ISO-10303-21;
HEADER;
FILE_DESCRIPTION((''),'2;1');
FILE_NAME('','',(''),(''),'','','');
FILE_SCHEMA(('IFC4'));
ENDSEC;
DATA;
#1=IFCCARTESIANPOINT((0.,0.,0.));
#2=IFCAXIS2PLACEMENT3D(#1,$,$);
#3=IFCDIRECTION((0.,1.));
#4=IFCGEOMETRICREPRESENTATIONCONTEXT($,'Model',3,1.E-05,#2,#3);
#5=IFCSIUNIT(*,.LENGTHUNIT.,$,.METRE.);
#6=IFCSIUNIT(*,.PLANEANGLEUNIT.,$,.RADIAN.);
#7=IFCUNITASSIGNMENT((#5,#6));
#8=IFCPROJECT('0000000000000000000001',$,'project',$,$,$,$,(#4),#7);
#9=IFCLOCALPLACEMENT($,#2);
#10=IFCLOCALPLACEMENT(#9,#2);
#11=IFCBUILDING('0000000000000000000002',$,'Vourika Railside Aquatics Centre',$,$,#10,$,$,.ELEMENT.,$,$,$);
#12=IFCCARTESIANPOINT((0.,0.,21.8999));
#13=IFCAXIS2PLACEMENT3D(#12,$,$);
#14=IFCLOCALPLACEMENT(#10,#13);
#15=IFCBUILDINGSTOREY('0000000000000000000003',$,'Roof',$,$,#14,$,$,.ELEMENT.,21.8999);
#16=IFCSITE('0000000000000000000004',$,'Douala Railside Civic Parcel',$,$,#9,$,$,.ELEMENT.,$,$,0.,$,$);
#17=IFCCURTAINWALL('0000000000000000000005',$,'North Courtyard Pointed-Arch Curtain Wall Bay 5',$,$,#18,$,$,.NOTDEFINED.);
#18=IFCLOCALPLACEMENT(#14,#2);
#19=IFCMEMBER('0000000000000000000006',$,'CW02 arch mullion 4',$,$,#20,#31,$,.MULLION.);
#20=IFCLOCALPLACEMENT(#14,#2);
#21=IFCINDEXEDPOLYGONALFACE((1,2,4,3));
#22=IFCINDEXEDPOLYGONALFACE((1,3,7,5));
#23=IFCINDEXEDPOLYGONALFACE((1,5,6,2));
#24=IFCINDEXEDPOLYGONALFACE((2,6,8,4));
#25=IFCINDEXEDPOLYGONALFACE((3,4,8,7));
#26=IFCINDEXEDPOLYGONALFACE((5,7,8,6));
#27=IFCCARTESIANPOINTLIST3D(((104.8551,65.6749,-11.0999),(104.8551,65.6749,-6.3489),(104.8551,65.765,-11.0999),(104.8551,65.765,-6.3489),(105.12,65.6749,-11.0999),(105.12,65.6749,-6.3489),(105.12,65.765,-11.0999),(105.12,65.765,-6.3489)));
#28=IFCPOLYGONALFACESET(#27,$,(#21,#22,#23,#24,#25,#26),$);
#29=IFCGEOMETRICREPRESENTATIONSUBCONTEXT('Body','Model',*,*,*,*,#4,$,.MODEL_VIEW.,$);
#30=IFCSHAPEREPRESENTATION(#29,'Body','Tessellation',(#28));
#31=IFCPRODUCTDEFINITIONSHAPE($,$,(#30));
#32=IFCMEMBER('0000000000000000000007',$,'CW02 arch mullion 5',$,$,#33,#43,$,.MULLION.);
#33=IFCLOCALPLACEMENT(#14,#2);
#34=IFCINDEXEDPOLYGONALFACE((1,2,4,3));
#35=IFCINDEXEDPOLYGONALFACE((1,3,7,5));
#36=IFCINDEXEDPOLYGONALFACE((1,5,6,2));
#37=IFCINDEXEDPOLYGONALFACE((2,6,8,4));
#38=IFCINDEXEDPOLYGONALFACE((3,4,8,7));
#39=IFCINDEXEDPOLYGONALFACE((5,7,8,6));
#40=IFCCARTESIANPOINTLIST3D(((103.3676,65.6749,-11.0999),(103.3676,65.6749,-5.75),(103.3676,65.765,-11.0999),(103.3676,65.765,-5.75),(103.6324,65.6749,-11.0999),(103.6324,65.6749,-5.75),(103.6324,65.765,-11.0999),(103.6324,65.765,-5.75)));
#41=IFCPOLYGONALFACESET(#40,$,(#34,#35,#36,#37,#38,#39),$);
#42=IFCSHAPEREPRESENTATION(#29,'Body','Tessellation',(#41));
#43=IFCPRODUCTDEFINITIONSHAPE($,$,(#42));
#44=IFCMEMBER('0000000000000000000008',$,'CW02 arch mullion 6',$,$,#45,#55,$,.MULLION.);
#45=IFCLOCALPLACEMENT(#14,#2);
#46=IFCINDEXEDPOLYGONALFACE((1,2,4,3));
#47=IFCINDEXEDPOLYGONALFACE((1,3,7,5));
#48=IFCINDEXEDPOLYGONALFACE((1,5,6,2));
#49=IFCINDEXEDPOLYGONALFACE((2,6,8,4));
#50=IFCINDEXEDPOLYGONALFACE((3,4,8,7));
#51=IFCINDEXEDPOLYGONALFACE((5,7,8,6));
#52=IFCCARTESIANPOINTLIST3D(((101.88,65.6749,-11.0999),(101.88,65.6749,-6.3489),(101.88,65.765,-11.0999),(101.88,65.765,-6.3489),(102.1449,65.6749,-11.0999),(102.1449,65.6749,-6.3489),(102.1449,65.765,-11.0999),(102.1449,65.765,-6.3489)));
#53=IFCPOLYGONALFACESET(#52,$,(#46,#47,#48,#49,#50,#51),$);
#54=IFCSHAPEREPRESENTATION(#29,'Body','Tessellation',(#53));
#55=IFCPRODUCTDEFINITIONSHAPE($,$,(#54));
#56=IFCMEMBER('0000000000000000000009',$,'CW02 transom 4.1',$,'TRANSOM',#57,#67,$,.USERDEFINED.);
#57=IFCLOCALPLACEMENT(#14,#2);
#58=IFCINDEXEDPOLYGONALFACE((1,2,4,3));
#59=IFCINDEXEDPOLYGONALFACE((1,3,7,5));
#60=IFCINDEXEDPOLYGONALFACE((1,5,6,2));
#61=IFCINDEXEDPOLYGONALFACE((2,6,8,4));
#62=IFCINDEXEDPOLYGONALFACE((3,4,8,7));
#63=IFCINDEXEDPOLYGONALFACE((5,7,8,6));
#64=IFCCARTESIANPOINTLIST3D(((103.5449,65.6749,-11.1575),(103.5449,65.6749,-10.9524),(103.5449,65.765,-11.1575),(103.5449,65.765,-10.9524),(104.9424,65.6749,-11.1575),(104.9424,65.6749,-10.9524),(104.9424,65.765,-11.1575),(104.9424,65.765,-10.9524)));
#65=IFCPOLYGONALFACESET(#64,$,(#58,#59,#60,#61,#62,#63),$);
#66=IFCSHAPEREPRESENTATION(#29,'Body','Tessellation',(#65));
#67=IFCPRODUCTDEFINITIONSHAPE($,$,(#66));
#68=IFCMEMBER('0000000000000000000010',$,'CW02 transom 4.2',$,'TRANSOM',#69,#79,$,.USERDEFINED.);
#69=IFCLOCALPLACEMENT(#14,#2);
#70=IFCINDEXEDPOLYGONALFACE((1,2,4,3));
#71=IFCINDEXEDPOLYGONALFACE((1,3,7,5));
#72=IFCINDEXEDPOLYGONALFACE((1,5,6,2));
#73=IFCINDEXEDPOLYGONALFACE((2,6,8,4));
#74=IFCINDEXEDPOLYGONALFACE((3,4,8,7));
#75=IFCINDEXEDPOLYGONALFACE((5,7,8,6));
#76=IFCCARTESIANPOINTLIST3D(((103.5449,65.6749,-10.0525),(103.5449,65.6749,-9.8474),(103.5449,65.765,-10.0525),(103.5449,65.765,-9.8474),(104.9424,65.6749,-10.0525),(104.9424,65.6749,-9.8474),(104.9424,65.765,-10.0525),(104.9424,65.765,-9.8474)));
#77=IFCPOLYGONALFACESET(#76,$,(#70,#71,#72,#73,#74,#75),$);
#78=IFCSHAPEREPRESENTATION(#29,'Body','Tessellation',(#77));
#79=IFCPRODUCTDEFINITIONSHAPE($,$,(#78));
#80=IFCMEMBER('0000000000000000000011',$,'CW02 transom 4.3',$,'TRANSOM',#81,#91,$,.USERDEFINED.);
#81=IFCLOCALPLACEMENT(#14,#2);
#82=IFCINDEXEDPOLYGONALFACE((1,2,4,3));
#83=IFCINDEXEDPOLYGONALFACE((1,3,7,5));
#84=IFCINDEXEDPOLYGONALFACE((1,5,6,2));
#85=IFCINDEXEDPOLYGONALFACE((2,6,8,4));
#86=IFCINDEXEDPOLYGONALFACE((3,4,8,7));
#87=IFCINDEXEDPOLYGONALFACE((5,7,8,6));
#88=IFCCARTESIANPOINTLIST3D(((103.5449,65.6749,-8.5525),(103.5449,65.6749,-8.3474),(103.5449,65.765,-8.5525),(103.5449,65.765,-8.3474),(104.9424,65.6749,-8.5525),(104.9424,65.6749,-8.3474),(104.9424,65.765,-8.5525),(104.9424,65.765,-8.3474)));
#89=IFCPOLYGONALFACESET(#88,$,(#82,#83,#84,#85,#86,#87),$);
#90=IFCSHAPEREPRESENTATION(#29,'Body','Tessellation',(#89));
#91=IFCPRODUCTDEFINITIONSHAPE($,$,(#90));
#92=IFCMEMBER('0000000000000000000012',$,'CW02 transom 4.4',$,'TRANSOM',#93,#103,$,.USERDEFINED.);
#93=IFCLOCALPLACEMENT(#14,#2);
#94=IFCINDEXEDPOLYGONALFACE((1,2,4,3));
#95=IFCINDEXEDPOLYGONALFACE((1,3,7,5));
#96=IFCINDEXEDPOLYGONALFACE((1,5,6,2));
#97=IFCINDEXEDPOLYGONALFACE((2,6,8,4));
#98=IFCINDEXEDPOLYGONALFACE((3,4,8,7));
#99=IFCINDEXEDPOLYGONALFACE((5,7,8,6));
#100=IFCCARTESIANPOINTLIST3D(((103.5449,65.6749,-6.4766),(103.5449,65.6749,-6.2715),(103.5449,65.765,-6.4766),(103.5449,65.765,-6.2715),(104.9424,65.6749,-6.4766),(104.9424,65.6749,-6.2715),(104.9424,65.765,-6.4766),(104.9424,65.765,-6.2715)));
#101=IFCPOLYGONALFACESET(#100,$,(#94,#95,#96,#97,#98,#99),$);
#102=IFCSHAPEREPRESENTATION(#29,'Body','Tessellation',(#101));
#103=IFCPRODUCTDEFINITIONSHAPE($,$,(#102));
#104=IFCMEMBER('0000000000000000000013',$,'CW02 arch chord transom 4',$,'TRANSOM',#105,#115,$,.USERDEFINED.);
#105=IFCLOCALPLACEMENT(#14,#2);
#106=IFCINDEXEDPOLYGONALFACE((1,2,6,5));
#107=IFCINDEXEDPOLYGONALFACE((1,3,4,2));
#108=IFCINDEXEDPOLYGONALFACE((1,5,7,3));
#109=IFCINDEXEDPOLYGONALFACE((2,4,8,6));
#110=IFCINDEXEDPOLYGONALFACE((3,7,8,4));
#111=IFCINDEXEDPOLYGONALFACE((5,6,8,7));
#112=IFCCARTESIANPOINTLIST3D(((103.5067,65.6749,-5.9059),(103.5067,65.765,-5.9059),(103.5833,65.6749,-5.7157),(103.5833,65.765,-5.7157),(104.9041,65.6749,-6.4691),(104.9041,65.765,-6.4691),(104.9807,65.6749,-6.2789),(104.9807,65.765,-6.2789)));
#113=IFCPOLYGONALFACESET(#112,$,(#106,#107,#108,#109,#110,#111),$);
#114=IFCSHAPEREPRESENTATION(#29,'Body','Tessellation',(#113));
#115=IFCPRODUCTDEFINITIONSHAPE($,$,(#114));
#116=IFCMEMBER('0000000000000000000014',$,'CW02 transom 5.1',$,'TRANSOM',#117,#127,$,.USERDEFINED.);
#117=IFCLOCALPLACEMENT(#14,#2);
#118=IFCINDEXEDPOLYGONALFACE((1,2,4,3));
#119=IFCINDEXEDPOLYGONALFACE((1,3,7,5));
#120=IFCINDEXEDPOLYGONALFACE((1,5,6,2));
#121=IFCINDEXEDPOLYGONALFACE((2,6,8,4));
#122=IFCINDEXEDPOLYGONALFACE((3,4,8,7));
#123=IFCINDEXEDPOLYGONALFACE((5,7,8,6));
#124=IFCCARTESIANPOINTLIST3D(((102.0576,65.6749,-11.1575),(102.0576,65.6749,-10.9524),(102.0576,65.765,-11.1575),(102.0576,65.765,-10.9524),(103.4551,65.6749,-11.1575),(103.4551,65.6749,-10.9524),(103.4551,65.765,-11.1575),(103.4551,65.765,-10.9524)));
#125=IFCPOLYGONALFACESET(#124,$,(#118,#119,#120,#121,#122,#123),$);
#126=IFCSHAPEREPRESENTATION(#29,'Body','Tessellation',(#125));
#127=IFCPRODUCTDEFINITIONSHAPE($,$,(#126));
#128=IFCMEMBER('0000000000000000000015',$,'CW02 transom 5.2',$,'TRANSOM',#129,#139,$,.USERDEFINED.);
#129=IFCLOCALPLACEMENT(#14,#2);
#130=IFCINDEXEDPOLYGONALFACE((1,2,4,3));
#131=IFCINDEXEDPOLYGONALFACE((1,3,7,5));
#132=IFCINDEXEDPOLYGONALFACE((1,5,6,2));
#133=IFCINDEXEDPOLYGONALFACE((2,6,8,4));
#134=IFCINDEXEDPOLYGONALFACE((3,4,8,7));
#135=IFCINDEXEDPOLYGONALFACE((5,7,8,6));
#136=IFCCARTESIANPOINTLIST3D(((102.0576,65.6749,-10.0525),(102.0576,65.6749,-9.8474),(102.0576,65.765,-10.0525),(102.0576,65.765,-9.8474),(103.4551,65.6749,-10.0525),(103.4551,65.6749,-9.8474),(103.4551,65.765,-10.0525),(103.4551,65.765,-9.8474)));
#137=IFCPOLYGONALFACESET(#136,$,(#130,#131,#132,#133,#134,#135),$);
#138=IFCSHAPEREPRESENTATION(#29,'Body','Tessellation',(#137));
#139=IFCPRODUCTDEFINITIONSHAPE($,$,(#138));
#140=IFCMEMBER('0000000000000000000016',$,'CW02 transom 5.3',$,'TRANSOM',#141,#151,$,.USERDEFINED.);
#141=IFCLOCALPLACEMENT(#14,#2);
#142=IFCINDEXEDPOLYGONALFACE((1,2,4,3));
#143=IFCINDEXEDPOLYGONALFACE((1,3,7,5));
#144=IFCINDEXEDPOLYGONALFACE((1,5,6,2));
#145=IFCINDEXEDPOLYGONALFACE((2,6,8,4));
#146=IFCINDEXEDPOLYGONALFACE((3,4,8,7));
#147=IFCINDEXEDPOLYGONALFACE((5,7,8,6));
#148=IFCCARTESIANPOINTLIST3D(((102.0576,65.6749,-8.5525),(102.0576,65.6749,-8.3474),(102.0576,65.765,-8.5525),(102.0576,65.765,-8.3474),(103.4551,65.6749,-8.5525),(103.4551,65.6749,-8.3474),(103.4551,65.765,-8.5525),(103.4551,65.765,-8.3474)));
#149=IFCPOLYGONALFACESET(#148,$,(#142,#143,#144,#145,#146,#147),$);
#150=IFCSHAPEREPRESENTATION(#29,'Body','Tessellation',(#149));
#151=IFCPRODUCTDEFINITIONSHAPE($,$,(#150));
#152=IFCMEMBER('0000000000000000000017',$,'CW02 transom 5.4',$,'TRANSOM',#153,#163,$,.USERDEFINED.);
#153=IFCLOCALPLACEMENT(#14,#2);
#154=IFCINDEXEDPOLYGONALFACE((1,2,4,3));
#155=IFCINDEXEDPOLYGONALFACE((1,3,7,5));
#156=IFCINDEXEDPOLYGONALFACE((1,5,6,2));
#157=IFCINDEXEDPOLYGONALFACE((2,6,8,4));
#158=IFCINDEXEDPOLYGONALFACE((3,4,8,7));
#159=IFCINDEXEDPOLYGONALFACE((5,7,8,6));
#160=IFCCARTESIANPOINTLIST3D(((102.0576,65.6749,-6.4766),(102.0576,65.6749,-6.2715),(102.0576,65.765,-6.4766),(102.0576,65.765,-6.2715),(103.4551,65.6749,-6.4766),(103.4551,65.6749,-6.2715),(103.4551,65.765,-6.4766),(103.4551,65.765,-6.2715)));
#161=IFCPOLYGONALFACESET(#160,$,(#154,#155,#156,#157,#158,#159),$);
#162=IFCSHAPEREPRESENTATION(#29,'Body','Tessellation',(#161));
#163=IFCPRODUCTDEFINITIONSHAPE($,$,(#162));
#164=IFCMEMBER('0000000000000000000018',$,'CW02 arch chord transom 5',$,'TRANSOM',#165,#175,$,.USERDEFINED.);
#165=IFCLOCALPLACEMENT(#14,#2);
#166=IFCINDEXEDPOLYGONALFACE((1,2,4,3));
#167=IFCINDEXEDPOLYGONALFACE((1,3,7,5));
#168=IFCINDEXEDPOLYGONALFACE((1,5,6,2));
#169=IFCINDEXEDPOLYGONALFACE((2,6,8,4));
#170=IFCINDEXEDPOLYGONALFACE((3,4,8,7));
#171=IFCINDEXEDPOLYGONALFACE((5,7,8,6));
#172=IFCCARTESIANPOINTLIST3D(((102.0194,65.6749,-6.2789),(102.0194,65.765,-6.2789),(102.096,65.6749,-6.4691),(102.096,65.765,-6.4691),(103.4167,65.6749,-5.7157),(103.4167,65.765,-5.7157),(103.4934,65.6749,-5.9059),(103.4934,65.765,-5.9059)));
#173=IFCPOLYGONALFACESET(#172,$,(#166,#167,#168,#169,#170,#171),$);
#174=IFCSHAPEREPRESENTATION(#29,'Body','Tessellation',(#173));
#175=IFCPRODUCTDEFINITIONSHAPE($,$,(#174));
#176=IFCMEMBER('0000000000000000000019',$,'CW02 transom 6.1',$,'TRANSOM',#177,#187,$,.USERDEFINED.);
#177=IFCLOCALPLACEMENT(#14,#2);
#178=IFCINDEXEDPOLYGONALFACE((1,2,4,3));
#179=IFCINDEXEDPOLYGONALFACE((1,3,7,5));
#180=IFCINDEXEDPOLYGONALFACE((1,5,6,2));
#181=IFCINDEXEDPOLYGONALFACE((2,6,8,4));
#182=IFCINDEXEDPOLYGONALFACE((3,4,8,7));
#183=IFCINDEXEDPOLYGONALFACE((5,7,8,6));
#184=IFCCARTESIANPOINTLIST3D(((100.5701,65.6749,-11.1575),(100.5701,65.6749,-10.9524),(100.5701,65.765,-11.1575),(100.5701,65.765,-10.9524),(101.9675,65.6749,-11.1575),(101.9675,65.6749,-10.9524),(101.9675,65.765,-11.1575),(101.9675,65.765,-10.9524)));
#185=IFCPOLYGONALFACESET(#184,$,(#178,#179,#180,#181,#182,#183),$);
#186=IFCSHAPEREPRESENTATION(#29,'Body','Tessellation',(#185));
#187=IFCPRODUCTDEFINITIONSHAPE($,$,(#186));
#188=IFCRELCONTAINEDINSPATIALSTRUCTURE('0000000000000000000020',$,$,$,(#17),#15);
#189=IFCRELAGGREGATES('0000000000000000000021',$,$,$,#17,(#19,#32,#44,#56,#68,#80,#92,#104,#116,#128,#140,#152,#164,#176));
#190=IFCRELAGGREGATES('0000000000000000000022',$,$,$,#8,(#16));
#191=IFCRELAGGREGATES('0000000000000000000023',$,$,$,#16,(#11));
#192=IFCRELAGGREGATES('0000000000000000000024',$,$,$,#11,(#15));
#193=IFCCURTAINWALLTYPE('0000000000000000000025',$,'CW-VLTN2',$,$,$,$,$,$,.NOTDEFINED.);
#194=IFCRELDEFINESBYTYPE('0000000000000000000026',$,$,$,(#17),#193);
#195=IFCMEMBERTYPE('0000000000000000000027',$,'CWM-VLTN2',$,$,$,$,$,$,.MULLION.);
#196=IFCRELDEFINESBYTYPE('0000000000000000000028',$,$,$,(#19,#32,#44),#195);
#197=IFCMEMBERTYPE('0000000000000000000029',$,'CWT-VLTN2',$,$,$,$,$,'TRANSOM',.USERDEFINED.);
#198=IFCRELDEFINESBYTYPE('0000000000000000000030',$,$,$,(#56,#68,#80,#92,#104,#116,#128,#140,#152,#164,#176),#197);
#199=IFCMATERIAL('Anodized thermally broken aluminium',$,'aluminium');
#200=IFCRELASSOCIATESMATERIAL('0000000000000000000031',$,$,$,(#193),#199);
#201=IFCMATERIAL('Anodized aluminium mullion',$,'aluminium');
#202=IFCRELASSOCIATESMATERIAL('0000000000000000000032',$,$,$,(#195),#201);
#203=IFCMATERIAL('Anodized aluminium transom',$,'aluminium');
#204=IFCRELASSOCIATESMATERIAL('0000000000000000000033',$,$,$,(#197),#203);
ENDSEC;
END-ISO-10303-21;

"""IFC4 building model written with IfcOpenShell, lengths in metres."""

from ifc_helpers import new_model, si_unit, direction, frame, origin, origin_2d, place, context, subcontext, project, spatial, rectangle, extrude, material, material_profile, profile_set, type_object, element, aggregate, save


model = new_model("IFC4")

# Units and contexts
model_context = context("Model", 3, precision=1e-05, world=origin(), true_north=direction((0.0, 1.0)))
body_context = subcontext(model_context, "Body", "Model", "MODEL_VIEW")
ifc_project = project(units=[si_unit("LENGTHUNIT", "METRE"), si_unit("PLANEANGLEUNIT", "RADIAN")], contexts=[model_context])

# Site, building, storey
site_placement = place(None, origin())
site = spatial("IfcSite", under=ifc_project, at=site_placement, Name="Douala Railside Civic Parcel", CompositionType="ELEMENT", RefElevation=0.0)
building_placement = place(site_placement, origin())
building = spatial("IfcBuilding", under=site, at=building_placement, Name="Vourika Railside Aquatics Centre", CompositionType="ELEMENT")
storey_placement = place(building_placement, frame((0.0, 0.0, 21.8999)))
storey = spatial("IfcBuildingStorey", under=building, at=storey_placement, Name="Roof", CompositionType="ELEMENT", Elevation=21.8999)

# Curtain wall, members
ifc_material_1 = material(Name="Anodized thermally broken aluminium", Category="aluminium")
curtain_wall_type = type_object("IfcCurtainWallType", Name="CW-VLTN2", PredefinedType="NOTDEFINED", material=ifc_material_1)
curtain_wall_placement = place(storey_placement, origin())
curtain_wall = element("IfcCurtainWall", 1, at=curtain_wall_placement, inside=storey, type_object=curtain_wall_type, Name="North Courtyard Pointed-Arch Curtain Wall Bay 5", PredefinedType="NOTDEFINED")
ifc_material_2 = material(Name="Anodized aluminium mullion", Category="aluminium")
ifc_material_profile_1 = material_profile(ifc_material_2, rectangle(XDim=0.0901, YDim=0.2649, at=origin_2d()), Name="ALU-M 90x265")
ifc_profile_set_1 = profile_set([ifc_material_profile_1], Name="Anodized aluminium mullion")
member_type_1 = type_object("IfcMemberType", Name="CWM-VLTN2", PredefinedType="MULLION", material=ifc_profile_set_1)
member_1_placement = place(storey_placement, frame((104.9875, 65.72, -11.0999), z_axis=(0.0, 0.0, 1.0), x_axis=(0.0, -1.0, 0.0)))
member_1 = element("IfcMember", 2, at=member_1_placement, type_object=member_type_1, Name="CW02 arch mullion 4", PredefinedType="MULLION", context=body_context, shape_type="SweptSolid", body=[
    extrude(rectangle(XDim=0.0901, YDim=0.2649, at=origin_2d()), origin(), (0.0, 0.0, 1.0), 4.751),
])
member_2_placement = place(storey_placement, frame((103.5, 65.72, -11.0999), z_axis=(0.0, 0.0, 1.0), x_axis=(0.0, -1.0, 0.0)))
member_2 = element("IfcMember", 3, at=member_2_placement, type_object=member_type_1, Name="CW02 arch mullion 5", PredefinedType="MULLION", context=body_context, shape_type="SweptSolid", body=[
    extrude(rectangle(XDim=0.0901, YDim=0.2649, at=origin_2d()), origin(), (0.0, 0.0, 1.0), 5.3499),
])
member_3_placement = place(storey_placement, frame((102.0125, 65.72, -11.0999), z_axis=(0.0, 0.0, 1.0), x_axis=(0.0, -1.0, 0.0)))
member_3 = element("IfcMember", 4, at=member_3_placement, type_object=member_type_1, Name="CW02 arch mullion 6", PredefinedType="MULLION", context=body_context, shape_type="SweptSolid", body=[
    extrude(rectangle(XDim=0.0901, YDim=0.2649, at=origin_2d()), origin(), (0.0, 0.0, 1.0), 4.751),
])
ifc_material_3 = material(Name="Anodized aluminium transom", Category="aluminium")
ifc_material_profile_2 = material_profile(ifc_material_3, rectangle(XDim=0.0901, YDim=0.2051, at=origin_2d()), Name="ALU-T 90x205")
ifc_profile_set_2 = profile_set([ifc_material_profile_2], Name="Anodized aluminium transom")
member_type_2 = type_object("IfcMemberType", Name="CWT-VLTN2", ElementType="TRANSOM", PredefinedType="USERDEFINED", material=ifc_profile_set_2)
member_4_placement = place(storey_placement, frame((104.9424, 65.72, -11.0549), z_axis=(-1.0, 0.0, 0.0), x_axis=(0.0, -1.0, 0.0)))
member_4 = element("IfcMember", 5, at=member_4_placement, type_object=member_type_2, Name="CW02 transom 4.1", ObjectType="TRANSOM", PredefinedType="USERDEFINED", context=body_context, shape_type="SweptSolid", body=[
    extrude(rectangle(XDim=0.0901, YDim=0.2051, at=origin_2d()), origin(), (0.0, 0.0, 1.0), 1.3975),
])
member_5_placement = place(storey_placement, frame((104.9424, 65.72, -9.95), z_axis=(-1.0, 0.0, 0.0), x_axis=(0.0, -1.0, 0.0)))
member_5 = element("IfcMember", 6, at=member_5_placement, type_object=member_type_2, Name="CW02 transom 4.2", ObjectType="TRANSOM", PredefinedType="USERDEFINED", context=body_context, shape_type="SweptSolid", body=[
    extrude(rectangle(XDim=0.0901, YDim=0.2051, at=origin_2d()), origin(), (0.0, 0.0, 1.0), 1.3975),
])
member_6_placement = place(storey_placement, frame((104.9424, 65.72, -8.45), z_axis=(-1.0, 0.0, 0.0), x_axis=(0.0, -1.0, 0.0)))
member_6 = element("IfcMember", 7, at=member_6_placement, type_object=member_type_2, Name="CW02 transom 4.3", ObjectType="TRANSOM", PredefinedType="USERDEFINED", context=body_context, shape_type="SweptSolid", body=[
    extrude(rectangle(XDim=0.0901, YDim=0.2051, at=origin_2d()), origin(), (0.0, 0.0, 1.0), 1.3975),
])
member_7_placement = place(storey_placement, frame((104.9424, 65.72, -6.374), z_axis=(-1.0, 0.0, 0.0), x_axis=(0.0, -1.0, 0.0)))
member_7 = element("IfcMember", 8, at=member_7_placement, type_object=member_type_2, Name="CW02 transom 4.4", ObjectType="TRANSOM", PredefinedType="USERDEFINED", context=body_context, shape_type="SweptSolid", body=[
    extrude(rectangle(XDim=0.0901, YDim=0.2051, at=origin_2d()), origin(), (0.0, 0.0, 1.0), 1.3975),
])
member_8_placement = place(storey_placement, frame((104.9424, 65.72, -6.374), z_axis=(-0.927501, 0.0, 0.37382), x_axis=(0.0, -1.0, 0.0)))
member_8 = element("IfcMember", 9, at=member_8_placement, type_object=member_type_2, Name="CW02 arch chord transom 4", ObjectType="TRANSOM", PredefinedType="USERDEFINED", context=body_context, shape_type="SweptSolid", body=[
    extrude(rectangle(XDim=0.0901, YDim=0.2051, at=origin_2d()), origin(), (0.0, 0.0, 1.0), 1.5066),
])
member_9_placement = place(storey_placement, frame((103.4551, 65.72, -11.0549), z_axis=(-1.0, 0.0, 0.0), x_axis=(0.0, -1.0, 0.0)))
member_9 = element("IfcMember", 10, at=member_9_placement, type_object=member_type_2, Name="CW02 transom 5.1", ObjectType="TRANSOM", PredefinedType="USERDEFINED", context=body_context, shape_type="SweptSolid", body=[
    extrude(rectangle(XDim=0.0901, YDim=0.2051, at=origin_2d()), origin(), (0.0, 0.0, 1.0), 1.3975),
])
member_10_placement = place(storey_placement, frame((103.4551, 65.72, -9.95), z_axis=(-1.0, 0.0, 0.0), x_axis=(0.0, -1.0, 0.0)))
member_10 = element("IfcMember", 11, at=member_10_placement, type_object=member_type_2, Name="CW02 transom 5.2", ObjectType="TRANSOM", PredefinedType="USERDEFINED", context=body_context, shape_type="SweptSolid", body=[
    extrude(rectangle(XDim=0.0901, YDim=0.2051, at=origin_2d()), origin(), (0.0, 0.0, 1.0), 1.3975),
])
member_11_placement = place(storey_placement, frame((103.4551, 65.72, -8.45), z_axis=(-1.0, 0.0, 0.0), x_axis=(0.0, -1.0, 0.0)))
member_11 = element("IfcMember", 12, at=member_11_placement, type_object=member_type_2, Name="CW02 transom 5.3", ObjectType="TRANSOM", PredefinedType="USERDEFINED", context=body_context, shape_type="SweptSolid", body=[
    extrude(rectangle(XDim=0.0901, YDim=0.2051, at=origin_2d()), origin(), (0.0, 0.0, 1.0), 1.3975),
])
member_12_placement = place(storey_placement, frame((103.4551, 65.72, -6.374), z_axis=(-1.0, 0.0, 0.0), x_axis=(0.0, -1.0, 0.0)))
member_12 = element("IfcMember", 13, at=member_12_placement, type_object=member_type_2, Name="CW02 transom 5.4", ObjectType="TRANSOM", PredefinedType="USERDEFINED", context=body_context, shape_type="SweptSolid", body=[
    extrude(rectangle(XDim=0.0901, YDim=0.2051, at=origin_2d()), origin(), (0.0, 0.0, 1.0), 1.3975),
])
member_13_placement = place(storey_placement, frame((103.4551, 65.72, -5.8108), z_axis=(-0.927501, 0.0, -0.37382), x_axis=(0.0, -1.0, 0.0)))
member_13 = element("IfcMember", 14, at=member_13_placement, type_object=member_type_2, Name="CW02 arch chord transom 5", ObjectType="TRANSOM", PredefinedType="USERDEFINED", context=body_context, shape_type="SweptSolid", body=[
    extrude(rectangle(XDim=0.0901, YDim=0.2051, at=origin_2d()), origin(), (0.0, 0.0, 1.0), 1.5066),
])
member_14_placement = place(storey_placement, frame((101.9675, 65.72, -11.0549), z_axis=(-1.0, 0.0, 0.0), x_axis=(0.0, -1.0, 0.0)))
member_14 = element("IfcMember", 15, at=member_14_placement, type_object=member_type_2, Name="CW02 transom 6.1", ObjectType="TRANSOM", PredefinedType="USERDEFINED", context=body_context, shape_type="SweptSolid", body=[
    extrude(rectangle(XDim=0.0901, YDim=0.2051, at=origin_2d()), origin(), (0.0, 0.0, 1.0), 1.3975),
])
aggregate(curtain_wall, [member_1, member_2, member_3, member_4, member_5, member_6, member_7, member_8, member_9, member_10, member_11, member_12, member_13, member_14])

save(model, "model.ifc")
